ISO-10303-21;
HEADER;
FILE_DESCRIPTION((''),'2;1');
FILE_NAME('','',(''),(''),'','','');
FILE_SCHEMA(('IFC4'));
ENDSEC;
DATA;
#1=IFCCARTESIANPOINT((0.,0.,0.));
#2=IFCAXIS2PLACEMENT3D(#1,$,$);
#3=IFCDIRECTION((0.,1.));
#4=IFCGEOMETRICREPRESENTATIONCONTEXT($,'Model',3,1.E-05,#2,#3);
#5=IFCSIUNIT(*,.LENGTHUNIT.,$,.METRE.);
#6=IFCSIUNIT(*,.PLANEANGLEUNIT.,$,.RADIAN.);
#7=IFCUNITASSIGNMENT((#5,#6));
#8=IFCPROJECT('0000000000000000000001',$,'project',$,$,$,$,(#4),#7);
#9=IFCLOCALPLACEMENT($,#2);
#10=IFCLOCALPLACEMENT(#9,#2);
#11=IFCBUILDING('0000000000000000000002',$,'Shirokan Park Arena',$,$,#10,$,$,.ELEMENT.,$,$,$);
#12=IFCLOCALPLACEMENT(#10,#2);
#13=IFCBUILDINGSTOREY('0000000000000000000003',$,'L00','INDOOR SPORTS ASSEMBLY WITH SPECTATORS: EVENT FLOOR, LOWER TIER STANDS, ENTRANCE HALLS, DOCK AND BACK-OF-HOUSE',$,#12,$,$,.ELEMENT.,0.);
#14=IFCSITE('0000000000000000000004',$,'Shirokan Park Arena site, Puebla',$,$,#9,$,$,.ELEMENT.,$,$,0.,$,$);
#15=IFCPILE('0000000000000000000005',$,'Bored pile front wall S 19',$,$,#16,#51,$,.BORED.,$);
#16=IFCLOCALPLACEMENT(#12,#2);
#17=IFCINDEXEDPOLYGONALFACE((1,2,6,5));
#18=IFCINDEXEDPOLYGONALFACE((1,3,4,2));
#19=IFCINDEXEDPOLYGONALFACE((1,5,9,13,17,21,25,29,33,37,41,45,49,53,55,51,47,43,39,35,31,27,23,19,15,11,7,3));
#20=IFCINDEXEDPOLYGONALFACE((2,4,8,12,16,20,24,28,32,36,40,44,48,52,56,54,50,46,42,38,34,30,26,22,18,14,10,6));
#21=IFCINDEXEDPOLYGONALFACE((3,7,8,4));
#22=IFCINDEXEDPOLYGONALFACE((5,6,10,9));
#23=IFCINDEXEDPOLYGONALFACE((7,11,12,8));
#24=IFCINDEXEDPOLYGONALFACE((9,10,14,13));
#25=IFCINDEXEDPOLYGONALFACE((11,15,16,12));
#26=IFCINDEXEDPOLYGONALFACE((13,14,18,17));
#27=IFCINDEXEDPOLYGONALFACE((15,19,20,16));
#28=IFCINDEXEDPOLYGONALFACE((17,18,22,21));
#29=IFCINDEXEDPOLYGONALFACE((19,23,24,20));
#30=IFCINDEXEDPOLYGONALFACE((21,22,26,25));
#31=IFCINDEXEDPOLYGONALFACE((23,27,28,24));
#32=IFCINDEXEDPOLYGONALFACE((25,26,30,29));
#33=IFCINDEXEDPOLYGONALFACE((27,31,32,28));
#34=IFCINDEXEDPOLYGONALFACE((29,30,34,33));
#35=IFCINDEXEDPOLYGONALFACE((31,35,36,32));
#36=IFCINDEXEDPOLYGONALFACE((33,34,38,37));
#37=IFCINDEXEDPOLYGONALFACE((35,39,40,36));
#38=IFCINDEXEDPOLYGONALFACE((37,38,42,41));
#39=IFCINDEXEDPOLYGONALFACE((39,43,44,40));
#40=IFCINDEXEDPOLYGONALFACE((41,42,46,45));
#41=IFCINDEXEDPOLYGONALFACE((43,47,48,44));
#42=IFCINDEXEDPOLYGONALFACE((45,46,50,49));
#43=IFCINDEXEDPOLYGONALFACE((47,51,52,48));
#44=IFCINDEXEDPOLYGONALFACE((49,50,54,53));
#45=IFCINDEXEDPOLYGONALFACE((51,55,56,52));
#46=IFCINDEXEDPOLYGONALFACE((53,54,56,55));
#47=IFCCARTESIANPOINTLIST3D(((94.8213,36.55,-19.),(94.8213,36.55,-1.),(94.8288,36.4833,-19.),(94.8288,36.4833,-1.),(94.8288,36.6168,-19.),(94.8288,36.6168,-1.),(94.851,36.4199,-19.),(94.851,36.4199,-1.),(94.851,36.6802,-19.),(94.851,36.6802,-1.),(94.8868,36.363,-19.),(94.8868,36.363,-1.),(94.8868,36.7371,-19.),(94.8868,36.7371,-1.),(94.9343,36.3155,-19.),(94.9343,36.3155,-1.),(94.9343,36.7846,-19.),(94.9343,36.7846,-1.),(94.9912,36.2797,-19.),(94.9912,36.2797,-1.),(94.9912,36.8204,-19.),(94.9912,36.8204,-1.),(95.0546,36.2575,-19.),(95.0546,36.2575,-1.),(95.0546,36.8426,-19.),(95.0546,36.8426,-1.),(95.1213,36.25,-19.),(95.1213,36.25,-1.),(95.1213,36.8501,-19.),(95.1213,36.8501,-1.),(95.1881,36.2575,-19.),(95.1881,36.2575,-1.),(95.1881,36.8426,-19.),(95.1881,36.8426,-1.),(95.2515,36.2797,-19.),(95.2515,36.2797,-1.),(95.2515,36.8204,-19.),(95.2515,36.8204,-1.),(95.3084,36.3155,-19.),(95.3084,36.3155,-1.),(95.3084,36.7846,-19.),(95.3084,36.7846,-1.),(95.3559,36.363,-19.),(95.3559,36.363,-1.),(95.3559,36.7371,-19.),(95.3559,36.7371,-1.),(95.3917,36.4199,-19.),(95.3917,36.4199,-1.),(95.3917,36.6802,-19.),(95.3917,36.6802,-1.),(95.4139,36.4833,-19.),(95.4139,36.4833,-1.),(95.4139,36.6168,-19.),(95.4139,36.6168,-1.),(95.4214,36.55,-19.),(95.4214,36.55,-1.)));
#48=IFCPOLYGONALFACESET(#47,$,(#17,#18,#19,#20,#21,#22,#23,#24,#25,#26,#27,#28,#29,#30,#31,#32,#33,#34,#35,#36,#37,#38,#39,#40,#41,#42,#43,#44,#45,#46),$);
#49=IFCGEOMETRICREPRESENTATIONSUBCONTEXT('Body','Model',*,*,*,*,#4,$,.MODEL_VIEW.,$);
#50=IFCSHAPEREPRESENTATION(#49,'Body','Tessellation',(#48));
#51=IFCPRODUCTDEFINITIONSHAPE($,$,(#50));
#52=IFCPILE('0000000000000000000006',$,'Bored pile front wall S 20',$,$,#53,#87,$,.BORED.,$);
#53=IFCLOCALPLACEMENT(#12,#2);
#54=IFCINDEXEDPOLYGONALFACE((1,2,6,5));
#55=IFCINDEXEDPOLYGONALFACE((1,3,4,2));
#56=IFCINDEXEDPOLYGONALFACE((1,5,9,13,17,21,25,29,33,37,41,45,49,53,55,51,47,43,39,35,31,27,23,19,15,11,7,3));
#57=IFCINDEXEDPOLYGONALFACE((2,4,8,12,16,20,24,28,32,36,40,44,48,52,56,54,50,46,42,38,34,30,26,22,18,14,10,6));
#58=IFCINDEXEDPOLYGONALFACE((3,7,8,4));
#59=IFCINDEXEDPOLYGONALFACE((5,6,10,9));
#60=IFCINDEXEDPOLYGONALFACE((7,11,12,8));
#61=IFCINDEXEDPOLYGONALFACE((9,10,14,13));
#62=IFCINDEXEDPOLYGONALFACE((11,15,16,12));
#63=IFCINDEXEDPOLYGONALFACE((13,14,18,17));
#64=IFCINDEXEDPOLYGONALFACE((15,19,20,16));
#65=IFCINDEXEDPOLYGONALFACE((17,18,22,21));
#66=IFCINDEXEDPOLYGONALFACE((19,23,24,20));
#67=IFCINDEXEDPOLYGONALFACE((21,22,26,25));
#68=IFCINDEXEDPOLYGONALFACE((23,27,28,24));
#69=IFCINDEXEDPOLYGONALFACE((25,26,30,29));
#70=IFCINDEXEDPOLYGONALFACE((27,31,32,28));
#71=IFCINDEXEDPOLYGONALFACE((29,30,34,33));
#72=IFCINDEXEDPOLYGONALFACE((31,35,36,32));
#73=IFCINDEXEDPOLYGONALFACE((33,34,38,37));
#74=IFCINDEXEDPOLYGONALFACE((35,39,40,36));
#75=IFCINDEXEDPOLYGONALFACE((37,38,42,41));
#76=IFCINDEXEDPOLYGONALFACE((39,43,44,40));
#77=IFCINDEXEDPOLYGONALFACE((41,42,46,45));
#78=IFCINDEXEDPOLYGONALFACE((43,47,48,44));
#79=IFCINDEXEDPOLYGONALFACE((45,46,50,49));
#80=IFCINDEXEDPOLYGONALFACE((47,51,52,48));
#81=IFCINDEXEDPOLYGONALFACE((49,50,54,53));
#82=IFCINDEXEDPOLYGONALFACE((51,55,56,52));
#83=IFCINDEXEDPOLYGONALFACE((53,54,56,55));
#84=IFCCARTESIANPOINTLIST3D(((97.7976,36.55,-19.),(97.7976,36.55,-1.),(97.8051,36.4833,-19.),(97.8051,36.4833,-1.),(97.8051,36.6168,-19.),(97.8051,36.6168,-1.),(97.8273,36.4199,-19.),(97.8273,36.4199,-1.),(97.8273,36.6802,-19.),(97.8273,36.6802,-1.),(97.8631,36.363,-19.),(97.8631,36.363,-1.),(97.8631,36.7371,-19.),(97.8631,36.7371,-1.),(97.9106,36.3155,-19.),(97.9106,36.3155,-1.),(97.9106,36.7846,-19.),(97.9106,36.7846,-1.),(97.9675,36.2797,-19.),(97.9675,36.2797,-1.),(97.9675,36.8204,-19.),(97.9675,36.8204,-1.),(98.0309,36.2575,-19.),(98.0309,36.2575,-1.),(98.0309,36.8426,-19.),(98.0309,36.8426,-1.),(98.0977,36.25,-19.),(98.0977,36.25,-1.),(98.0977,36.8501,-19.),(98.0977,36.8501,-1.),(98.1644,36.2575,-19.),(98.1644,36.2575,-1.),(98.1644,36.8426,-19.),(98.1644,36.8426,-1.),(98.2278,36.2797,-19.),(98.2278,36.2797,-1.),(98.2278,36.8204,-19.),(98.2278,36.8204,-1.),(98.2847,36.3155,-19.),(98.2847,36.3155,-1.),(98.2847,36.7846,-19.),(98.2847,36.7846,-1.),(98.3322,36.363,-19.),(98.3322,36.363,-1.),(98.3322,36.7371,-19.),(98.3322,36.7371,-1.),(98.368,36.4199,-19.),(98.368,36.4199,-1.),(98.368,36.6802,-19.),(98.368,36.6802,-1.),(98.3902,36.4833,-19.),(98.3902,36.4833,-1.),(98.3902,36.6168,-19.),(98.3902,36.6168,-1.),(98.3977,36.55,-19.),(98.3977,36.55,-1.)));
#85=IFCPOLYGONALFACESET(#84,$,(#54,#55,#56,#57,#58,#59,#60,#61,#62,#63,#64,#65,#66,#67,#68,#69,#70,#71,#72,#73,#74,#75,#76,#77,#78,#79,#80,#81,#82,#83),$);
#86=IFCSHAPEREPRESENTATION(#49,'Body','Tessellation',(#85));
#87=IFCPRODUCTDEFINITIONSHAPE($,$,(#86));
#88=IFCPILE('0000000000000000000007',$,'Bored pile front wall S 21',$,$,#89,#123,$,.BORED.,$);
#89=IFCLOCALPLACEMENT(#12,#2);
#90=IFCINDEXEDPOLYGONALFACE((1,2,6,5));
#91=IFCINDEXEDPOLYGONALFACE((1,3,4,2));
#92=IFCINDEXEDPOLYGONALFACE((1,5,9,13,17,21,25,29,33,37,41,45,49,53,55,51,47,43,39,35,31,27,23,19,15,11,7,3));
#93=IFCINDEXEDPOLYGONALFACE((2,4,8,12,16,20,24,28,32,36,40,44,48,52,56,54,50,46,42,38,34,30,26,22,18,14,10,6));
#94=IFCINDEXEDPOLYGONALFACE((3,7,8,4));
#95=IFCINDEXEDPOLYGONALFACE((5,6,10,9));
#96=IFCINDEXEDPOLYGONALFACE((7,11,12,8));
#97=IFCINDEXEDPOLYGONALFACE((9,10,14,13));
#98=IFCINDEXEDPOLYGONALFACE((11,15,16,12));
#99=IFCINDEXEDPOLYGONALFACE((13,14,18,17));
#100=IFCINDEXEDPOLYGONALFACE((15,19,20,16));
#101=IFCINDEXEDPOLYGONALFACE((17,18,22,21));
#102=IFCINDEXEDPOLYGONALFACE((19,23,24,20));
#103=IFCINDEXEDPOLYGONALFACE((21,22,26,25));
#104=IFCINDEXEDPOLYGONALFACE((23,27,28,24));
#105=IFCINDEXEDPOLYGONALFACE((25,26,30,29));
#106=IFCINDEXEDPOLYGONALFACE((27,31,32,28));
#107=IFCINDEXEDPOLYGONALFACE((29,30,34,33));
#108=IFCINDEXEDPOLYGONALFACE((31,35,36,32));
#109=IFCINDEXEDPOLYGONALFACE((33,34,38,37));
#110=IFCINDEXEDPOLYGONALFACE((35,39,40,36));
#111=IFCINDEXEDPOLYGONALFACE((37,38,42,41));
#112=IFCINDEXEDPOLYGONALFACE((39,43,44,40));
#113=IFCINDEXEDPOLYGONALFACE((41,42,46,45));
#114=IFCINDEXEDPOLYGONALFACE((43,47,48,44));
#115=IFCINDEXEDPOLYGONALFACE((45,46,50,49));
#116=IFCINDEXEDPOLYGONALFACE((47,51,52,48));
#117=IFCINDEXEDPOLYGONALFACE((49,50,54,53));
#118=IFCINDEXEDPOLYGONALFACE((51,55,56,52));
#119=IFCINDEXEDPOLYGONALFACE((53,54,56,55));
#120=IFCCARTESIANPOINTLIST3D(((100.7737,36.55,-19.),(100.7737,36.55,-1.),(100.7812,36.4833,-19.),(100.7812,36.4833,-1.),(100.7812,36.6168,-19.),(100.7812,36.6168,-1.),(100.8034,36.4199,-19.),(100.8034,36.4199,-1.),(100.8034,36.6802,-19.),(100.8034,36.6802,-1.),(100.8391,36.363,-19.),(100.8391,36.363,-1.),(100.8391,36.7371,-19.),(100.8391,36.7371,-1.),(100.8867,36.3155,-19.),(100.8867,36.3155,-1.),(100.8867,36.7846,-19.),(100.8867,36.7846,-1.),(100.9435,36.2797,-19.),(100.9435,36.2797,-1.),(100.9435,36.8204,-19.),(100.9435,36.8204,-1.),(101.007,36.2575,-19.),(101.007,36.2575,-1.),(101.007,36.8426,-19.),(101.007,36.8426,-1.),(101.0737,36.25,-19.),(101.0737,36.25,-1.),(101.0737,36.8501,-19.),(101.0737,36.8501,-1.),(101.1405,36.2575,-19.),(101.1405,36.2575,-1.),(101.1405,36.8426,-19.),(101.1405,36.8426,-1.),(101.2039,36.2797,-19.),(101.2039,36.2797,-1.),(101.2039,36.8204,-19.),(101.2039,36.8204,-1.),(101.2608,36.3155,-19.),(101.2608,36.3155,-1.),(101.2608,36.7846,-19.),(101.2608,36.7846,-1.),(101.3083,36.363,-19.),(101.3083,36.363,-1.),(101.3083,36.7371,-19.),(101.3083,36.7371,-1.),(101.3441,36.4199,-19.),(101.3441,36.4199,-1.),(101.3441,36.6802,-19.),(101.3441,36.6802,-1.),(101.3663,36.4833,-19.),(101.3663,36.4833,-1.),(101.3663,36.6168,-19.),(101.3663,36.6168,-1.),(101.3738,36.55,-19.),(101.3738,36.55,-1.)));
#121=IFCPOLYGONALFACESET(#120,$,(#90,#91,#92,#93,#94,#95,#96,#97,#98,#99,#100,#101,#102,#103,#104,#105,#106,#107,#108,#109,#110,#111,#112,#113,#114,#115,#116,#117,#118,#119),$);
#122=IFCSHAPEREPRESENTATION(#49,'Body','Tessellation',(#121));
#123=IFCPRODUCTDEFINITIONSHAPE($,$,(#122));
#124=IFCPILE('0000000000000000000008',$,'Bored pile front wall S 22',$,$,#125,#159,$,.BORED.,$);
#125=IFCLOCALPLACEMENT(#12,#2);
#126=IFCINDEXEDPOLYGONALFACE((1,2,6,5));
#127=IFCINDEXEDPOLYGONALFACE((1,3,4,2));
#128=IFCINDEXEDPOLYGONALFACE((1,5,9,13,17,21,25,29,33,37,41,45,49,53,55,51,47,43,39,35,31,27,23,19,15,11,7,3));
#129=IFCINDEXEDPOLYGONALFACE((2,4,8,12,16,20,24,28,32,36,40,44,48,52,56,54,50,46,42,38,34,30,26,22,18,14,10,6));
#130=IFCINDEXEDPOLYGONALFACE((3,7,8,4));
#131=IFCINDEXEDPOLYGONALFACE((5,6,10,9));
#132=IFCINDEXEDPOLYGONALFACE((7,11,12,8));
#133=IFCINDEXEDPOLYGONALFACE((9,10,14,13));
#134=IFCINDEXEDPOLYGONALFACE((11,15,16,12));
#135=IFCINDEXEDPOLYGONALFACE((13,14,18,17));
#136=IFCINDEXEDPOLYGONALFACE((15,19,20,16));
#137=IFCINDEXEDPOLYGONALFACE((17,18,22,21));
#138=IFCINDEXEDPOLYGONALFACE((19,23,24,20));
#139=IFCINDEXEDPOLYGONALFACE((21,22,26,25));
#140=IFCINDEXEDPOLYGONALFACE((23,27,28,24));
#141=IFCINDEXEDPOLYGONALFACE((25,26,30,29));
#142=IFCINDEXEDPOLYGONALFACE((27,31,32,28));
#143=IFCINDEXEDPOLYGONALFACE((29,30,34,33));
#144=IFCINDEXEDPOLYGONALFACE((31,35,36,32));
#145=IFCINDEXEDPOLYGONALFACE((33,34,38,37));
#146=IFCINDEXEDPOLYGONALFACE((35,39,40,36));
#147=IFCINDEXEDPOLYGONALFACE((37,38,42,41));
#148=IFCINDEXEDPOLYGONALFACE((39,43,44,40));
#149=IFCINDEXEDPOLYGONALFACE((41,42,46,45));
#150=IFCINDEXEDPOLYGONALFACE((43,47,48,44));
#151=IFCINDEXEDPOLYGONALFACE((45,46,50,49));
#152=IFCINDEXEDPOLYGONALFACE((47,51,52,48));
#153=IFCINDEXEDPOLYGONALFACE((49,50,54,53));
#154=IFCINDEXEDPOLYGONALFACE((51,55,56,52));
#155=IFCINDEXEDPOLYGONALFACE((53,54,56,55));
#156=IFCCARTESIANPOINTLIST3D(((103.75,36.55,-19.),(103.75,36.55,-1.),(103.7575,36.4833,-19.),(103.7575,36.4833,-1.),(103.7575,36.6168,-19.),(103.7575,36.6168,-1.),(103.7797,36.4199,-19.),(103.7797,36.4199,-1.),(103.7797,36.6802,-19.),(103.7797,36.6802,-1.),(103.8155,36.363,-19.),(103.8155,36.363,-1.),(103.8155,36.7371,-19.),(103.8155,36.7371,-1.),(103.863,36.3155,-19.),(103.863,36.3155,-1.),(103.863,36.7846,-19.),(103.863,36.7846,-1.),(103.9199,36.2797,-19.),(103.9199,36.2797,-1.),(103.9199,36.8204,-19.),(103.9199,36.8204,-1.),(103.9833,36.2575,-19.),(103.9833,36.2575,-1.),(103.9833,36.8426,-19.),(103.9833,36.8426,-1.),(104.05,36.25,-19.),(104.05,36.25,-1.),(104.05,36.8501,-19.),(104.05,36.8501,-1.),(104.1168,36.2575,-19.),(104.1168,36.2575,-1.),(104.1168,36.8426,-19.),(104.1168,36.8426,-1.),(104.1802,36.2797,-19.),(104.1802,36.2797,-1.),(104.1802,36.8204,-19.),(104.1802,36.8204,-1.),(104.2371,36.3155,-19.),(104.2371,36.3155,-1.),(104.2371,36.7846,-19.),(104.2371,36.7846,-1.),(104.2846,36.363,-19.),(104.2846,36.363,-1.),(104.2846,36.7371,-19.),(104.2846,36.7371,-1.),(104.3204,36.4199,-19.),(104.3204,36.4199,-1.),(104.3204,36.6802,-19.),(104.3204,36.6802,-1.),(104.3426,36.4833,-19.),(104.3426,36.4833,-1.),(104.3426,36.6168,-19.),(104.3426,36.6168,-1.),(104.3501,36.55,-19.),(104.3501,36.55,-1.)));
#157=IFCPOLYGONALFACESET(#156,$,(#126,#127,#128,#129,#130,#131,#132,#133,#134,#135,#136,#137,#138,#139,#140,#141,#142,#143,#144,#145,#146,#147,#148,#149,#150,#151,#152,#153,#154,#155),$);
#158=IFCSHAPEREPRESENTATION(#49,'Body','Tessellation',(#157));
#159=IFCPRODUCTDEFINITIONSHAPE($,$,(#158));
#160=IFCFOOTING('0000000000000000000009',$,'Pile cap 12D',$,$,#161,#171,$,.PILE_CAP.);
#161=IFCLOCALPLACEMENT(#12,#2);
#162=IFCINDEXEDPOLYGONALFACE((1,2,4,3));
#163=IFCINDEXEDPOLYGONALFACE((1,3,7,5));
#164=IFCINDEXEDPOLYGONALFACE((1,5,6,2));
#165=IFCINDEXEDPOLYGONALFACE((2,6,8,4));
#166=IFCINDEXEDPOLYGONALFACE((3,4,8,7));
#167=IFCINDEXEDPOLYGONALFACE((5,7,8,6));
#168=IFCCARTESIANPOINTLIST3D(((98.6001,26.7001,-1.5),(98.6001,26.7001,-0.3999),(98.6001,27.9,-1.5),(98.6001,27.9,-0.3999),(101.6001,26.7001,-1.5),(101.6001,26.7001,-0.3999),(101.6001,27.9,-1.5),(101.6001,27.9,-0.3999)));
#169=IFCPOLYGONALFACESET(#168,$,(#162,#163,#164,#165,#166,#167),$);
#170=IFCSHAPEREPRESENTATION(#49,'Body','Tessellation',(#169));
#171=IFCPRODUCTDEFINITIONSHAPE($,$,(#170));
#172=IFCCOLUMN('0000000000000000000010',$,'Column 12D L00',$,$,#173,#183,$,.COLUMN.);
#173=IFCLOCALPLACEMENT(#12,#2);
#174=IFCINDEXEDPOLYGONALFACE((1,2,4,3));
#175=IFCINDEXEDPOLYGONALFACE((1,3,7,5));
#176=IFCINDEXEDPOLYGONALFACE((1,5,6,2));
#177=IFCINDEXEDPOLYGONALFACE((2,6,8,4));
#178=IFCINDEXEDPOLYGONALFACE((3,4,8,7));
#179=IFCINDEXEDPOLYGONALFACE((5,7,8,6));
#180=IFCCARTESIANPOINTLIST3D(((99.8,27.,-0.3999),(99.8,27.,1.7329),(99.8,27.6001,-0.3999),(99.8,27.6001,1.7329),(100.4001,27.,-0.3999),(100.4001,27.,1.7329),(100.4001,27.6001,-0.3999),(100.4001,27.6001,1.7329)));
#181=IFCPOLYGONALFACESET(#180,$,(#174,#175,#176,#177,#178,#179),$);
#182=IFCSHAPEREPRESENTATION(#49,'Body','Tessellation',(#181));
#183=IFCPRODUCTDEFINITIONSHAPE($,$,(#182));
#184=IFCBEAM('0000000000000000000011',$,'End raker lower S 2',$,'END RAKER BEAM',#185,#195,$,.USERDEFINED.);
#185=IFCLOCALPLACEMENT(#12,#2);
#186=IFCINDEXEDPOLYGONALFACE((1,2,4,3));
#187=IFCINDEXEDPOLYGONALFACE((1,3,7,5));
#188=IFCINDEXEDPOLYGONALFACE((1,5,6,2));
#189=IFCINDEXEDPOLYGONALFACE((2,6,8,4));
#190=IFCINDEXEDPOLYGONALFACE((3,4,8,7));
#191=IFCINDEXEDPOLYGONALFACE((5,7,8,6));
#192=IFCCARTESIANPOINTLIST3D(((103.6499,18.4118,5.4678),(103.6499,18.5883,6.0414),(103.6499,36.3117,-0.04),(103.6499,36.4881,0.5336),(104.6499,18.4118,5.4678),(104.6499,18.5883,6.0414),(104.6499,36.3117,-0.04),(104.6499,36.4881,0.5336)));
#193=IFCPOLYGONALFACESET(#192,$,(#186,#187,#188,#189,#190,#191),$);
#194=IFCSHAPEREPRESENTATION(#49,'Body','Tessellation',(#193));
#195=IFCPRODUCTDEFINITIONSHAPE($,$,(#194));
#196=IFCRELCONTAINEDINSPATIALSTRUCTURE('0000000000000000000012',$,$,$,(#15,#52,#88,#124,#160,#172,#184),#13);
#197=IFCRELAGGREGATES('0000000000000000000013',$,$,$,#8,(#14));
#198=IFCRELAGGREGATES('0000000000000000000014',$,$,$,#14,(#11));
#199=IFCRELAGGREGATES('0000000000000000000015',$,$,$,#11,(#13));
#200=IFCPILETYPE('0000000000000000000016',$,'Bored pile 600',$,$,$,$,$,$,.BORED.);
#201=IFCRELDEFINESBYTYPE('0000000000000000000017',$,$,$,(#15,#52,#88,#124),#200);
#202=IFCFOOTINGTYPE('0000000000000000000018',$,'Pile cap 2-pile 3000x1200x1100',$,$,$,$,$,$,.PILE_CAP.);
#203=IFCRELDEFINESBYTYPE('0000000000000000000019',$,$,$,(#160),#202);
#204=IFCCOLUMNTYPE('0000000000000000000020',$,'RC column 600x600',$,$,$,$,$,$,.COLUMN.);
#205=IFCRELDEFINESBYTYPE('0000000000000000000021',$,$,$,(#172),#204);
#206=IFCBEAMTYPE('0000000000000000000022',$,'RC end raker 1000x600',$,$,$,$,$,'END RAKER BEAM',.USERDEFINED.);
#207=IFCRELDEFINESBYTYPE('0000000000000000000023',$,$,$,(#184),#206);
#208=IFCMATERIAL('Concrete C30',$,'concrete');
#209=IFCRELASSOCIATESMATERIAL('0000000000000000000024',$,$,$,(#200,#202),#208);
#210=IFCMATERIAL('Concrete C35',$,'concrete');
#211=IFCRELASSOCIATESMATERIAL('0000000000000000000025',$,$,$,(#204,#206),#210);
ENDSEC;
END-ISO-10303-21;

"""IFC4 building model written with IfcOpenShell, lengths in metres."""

from ifc_helpers import new_model, si_unit, direction, frame, origin, origin_2d, place, context, subcontext, project, spatial, rectangle, circle, extrude, material, material_profile, profile_set, type_object, element, save


model = new_model("IFC4")

# Units and contexts
model_context = context("Model", 3, precision=1e-05, world=origin(), true_north=direction((0.0, 1.0)))
body_context = subcontext(model_context, "Body", "Model", "MODEL_VIEW")
ifc_project = project(units=[si_unit("LENGTHUNIT", "METRE"), si_unit("PLANEANGLEUNIT", "RADIAN")], contexts=[model_context])

# Site, building, storey
site_placement = place(None, origin())
site = spatial("IfcSite", under=ifc_project, at=site_placement, Name="Shirokan Park Arena site, Puebla", CompositionType="ELEMENT", RefElevation=0.0)
building_placement = place(site_placement, origin())
building = spatial("IfcBuilding", under=site, at=building_placement, Name="Shirokan Park Arena", CompositionType="ELEMENT")
storey_placement = place(building_placement, origin())
storey = spatial("IfcBuildingStorey", under=building, at=storey_placement, Name="L00", Description="INDOOR SPORTS ASSEMBLY WITH SPECTATORS: EVENT FLOOR, LOWER TIER STANDS, ENTRANCE HALLS, DOCK AND BACK-OF-HOUSE", CompositionType="ELEMENT", Elevation=0.0)

# Piles
ifc_material_1 = material(Name="Concrete C30", Category="concrete")
ifc_material_profile_1 = material_profile(ifc_material_1, circle(Radius=0.3, at=origin_2d()), Name="D600")
ifc_profile_set_1 = profile_set([ifc_material_profile_1], Name="Concrete C30")
pile_type = type_object("IfcPileType", Name="Bored pile 600", PredefinedType="BORED", material=ifc_profile_set_1)
for number, where, z_axis, x_axis, name in (
    (1, (95.1213, 36.55, -1.0), (0.0, 0.0, -1.0), (1.0, 0.0, 0.0), "Bored pile front wall S 19"),
    (2, (98.0977, 36.55, -1.0), (0.0, 0.0, -1.0), (1.0, 0.0, 0.0), "Bored pile front wall S 20"),
    (3, (101.0737, 36.55, -1.0), (0.0, 0.0, -1.0), (1.0, 0.0, 0.0), "Bored pile front wall S 21"),
    (4, (104.05, 36.55, -1.0), (0.0, 0.0, -1.0), (1.0, 0.0, 0.0), "Bored pile front wall S 22"),
):
    element("IfcPile", number, at=place(storey_placement, frame(where, z_axis=z_axis, x_axis=x_axis)), inside=storey, type_object=pile_type, Name=name, PredefinedType="BORED", context=body_context, shape_type="SweptSolid", body=[
        extrude(circle(Radius=0.3, at=origin_2d()), origin(), (0.0, 0.0, 1.0), 18.0),
    ])

# Footing
footing_type = type_object("IfcFootingType", Name="Pile cap 2-pile 3000x1200x1100", PredefinedType="PILE_CAP", material=ifc_material_1)
footing_placement = place(storey_placement, frame((100.1001, 27.3, -1.5), z_axis=(0.0, 0.0, 1.0), x_axis=(1.0, 0.0, 0.0)))
element("IfcFooting", 5, at=footing_placement, inside=storey, type_object=footing_type, Name="Pile cap 12D", PredefinedType="PILE_CAP", context=body_context, shape_type="SweptSolid", body=[
    extrude(rectangle(XDim=3.0, YDim=1.2, at=origin_2d()), origin(), (0.0, 0.0, 1.0), 1.1001),
])

# Column
ifc_material_2 = material(Name="Concrete C35", Category="concrete")
ifc_material_profile_2 = material_profile(ifc_material_2, rectangle(XDim=0.6001, YDim=0.6001, at=origin_2d()), Name="600x600")
ifc_profile_set_2 = profile_set([ifc_material_profile_2], Name="Concrete C35")
column_type = type_object("IfcColumnType", Name="RC column 600x600", PredefinedType="COLUMN", material=ifc_profile_set_2)
column_placement = place(storey_placement, frame((100.1001, 27.3, -0.3999), z_axis=(0.0, 0.0, 1.0), x_axis=(1.0, 0.0, 0.0)))
element("IfcColumn", 6, at=column_placement, inside=storey, type_object=column_type, Name="Column 12D L00", PredefinedType="COLUMN", context=body_context, shape_type="SweptSolid", body=[
    extrude(rectangle(XDim=0.6001, YDim=0.6001, at=origin_2d()), origin(), (0.0, 0.0, 1.0), 2.1328),
])

# Beam
ifc_material_profile_3 = material_profile(ifc_material_2, rectangle(XDim=1.0, YDim=0.6001, at=origin_2d()), Name="1000x600")
ifc_profile_set_3 = profile_set([ifc_material_profile_3], Name="Concrete C35")
beam_type_1 = type_object("IfcBeamType", Name="RC end raker 1000x600", ElementType="END RAKER BEAM", PredefinedType="USERDEFINED", material=ifc_profile_set_3)
beam_1_placement = place(storey_placement, frame((104.1499, 36.3999, 0.2468), z_axis=(0.0, -0.955777, 0.294093), x_axis=(1.0, 0.0, 0.0)))
element("IfcBeam", 7, at=beam_1_placement, inside=storey, type_object=beam_type_1, Name="End raker lower S 2", ObjectType="END RAKER BEAM", PredefinedType="USERDEFINED", context=body_context, shape_type="SweptSolid", body=[
    extrude(rectangle(XDim=1.0, YDim=0.6001, at=origin_2d()), origin(), (0.0, 0.0, 1.0), 18.728),
])

save(model, "model.ifc")
